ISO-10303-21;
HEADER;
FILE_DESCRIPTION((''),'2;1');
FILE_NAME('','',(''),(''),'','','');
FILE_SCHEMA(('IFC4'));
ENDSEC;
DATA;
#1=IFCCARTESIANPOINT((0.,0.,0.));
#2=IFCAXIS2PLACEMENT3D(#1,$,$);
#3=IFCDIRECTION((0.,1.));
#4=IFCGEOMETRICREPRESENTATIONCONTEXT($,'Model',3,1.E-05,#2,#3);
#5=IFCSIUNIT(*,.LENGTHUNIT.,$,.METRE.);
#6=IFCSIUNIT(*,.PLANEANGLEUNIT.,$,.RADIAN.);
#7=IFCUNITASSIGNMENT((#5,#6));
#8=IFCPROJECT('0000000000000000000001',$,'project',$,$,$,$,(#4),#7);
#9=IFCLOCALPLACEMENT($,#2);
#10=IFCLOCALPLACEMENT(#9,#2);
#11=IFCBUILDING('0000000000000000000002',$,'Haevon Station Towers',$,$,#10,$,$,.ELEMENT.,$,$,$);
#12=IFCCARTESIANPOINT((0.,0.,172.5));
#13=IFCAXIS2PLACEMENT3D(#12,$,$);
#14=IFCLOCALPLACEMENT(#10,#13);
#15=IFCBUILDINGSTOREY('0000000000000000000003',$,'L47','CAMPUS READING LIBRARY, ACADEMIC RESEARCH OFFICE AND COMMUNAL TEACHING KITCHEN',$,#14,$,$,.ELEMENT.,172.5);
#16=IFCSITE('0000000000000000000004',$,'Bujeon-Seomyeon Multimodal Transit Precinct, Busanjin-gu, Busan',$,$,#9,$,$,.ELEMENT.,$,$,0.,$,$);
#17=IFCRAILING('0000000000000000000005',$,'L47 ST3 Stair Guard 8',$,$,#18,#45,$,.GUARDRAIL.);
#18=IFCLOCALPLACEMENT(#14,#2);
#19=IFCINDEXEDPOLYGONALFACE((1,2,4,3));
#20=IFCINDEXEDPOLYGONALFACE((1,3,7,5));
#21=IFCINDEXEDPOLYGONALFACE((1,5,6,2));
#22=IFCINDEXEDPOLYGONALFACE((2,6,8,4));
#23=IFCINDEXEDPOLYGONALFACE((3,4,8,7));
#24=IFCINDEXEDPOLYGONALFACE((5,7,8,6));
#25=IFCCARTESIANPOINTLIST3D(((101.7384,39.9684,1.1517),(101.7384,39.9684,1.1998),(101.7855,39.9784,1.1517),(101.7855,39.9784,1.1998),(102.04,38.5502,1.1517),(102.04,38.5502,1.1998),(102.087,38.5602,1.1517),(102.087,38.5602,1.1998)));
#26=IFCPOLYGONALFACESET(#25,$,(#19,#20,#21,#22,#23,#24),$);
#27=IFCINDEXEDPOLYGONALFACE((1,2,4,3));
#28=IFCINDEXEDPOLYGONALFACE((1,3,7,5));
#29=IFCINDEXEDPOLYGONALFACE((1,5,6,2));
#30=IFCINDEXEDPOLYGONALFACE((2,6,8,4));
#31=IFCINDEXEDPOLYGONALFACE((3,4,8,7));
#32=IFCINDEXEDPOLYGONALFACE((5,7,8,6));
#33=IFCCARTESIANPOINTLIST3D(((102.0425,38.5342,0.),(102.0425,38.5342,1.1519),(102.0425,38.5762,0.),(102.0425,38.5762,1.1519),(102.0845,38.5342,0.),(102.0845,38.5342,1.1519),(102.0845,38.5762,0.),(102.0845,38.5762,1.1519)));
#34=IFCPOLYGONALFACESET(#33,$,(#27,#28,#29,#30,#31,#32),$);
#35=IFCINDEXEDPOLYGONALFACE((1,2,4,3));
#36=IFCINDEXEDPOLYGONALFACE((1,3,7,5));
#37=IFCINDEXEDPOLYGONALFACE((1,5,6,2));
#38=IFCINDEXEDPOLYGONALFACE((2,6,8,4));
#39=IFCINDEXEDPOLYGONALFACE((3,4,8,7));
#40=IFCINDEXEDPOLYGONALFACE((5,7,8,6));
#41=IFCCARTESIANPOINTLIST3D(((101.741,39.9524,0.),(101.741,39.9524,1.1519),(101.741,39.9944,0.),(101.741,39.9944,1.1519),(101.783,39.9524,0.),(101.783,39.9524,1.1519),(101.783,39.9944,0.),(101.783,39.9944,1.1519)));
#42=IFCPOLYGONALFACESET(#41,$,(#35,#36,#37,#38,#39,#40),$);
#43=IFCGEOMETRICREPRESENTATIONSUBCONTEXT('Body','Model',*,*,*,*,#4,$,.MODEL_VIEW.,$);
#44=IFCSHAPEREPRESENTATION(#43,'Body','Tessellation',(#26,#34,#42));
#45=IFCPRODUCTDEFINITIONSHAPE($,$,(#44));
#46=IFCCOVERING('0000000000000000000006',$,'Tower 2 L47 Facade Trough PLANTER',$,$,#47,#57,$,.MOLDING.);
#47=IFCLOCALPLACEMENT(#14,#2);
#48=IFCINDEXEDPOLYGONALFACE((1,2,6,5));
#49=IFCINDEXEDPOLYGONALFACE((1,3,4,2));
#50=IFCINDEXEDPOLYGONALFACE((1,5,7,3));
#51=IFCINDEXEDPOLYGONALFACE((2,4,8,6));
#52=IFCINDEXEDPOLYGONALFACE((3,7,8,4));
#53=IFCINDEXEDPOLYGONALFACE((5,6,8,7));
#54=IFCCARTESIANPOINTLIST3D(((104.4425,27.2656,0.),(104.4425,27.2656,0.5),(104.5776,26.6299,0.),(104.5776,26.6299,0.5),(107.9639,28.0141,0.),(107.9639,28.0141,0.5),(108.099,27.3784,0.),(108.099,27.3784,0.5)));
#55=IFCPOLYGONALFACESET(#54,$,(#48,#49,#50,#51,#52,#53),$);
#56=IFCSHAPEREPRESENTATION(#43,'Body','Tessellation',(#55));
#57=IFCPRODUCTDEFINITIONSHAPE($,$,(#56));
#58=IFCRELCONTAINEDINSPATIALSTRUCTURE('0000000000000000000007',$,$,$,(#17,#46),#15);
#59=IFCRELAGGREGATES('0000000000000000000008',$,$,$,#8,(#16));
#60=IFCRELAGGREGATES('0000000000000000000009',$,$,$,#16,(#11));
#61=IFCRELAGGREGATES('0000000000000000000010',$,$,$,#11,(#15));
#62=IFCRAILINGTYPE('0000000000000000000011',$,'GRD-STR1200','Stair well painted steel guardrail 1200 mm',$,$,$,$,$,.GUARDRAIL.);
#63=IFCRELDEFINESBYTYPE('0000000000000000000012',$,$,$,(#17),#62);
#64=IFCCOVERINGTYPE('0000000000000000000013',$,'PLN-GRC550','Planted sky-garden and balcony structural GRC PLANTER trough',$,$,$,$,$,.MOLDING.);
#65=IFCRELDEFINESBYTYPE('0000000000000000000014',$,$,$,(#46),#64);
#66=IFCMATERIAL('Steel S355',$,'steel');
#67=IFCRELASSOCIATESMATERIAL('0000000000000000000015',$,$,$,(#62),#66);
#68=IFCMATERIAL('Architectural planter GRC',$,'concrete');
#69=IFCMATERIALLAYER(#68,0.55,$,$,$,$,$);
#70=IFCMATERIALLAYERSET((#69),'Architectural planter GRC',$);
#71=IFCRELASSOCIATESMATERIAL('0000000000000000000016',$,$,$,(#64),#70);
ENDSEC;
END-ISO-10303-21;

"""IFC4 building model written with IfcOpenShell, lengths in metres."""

from ifc_helpers import new_model, si_unit, direction, frame, origin, origin_2d, place, context, subcontext, project, spatial, rectangle, extrude, material, layer, layer_set, type_object, element, save


model = new_model("IFC4")

# Units and contexts
model_context = context("Model", 3, precision=1e-05, world=origin(), true_north=direction((0.0, 1.0)))
body_context = subcontext(model_context, "Body", "Model", "MODEL_VIEW")
ifc_project = project(units=[si_unit("LENGTHUNIT", "METRE"), si_unit("PLANEANGLEUNIT", "RADIAN")], contexts=[model_context])

# Site, building, storey
site_placement = place(None, origin())
site = spatial("IfcSite", under=ifc_project, at=site_placement, Name="Bujeon-Seomyeon Multimodal Transit Precinct, Busanjin-gu, Busan", CompositionType="ELEMENT", RefElevation=0.0)
building_placement = place(site_placement, origin())
building = spatial("IfcBuilding", under=site, at=building_placement, Name="Haevon Station Towers", CompositionType="ELEMENT")
storey_placement = place(building_placement, frame((0.0, 0.0, 172.5)))
storey = spatial("IfcBuildingStorey", under=building, at=storey_placement, Name="L47", Description="CAMPUS READING LIBRARY, ACADEMIC RESEARCH OFFICE AND COMMUNAL TEACHING KITCHEN", CompositionType="ELEMENT", Elevation=172.5)

# Shared definitions
ifc_material_1 = material(Name="Steel S355", Category="steel")

# Railing
railing_type_1 = type_object("IfcRailingType", Name="GRD-STR1200", Description="Stair well painted steel guardrail 1200 mm", PredefinedType="GUARDRAIL", material=ifc_material_1)
railing_1_placement = place(storey_placement, frame((102.0635, 38.5552, 0.0)))
element("IfcRailing", 1, at=railing_1_placement, inside=storey, type_object=railing_type_1, Name="L47 ST3 Stair Guard 8", PredefinedType="GUARDRAIL", context=body_context, shape_type="SweptSolid", body=[
    extrude(rectangle(XDim=0.0481, YDim=0.0481, at=origin_2d()), frame((0.0, 0.0, 1.1758), z_axis=(-0.207953, 0.978139, 0.0), x_axis=(-0.978139, -0.207953, 0.0)), (0.0, 0.0, 1.0), 1.45),
    extrude(rectangle(XDim=0.042, YDim=0.042, at=origin_2d()), origin(), (0.0, 0.0, 1.0), 1.1519),
    extrude(rectangle(XDim=0.042, YDim=0.042, at=origin_2d()), frame((-0.3015, 1.4182, 0.0)), (0.0, 0.0, 1.0), 1.1519),
])

# Covering
ifc_material_2 = material(Name="Architectural planter GRC", Category="concrete")
ifc_layer_1 = layer(ifc_material_2, 0.55)
ifc_layer_set_1 = layer_set([ifc_layer_1], Name="Architectural planter GRC")
covering_type = type_object("IfcCoveringType", Name="PLN-GRC550", Description="Planted sky-garden and balcony structural GRC PLANTER trough", PredefinedType="MOLDING", material=ifc_layer_set_1)
covering_placement = place(storey_placement, frame((106.2708, 27.322, 0.0), z_axis=(0.0, 0.0, 1.0), x_axis=(0.978148, 0.207912, 0.0)))
element("IfcCovering", 2, at=covering_placement, inside=storey, type_object=covering_type, Name="Tower 2 L47 Facade Trough PLANTER", PredefinedType="MOLDING", context=body_context, shape_type="SweptSolid", body=[
    extrude(rectangle(XDim=3.6001, YDim=0.6499, at=origin_2d()), origin(), (0.0, 0.0, 1.0), 0.5),
])

save(model, "model.ifc")
